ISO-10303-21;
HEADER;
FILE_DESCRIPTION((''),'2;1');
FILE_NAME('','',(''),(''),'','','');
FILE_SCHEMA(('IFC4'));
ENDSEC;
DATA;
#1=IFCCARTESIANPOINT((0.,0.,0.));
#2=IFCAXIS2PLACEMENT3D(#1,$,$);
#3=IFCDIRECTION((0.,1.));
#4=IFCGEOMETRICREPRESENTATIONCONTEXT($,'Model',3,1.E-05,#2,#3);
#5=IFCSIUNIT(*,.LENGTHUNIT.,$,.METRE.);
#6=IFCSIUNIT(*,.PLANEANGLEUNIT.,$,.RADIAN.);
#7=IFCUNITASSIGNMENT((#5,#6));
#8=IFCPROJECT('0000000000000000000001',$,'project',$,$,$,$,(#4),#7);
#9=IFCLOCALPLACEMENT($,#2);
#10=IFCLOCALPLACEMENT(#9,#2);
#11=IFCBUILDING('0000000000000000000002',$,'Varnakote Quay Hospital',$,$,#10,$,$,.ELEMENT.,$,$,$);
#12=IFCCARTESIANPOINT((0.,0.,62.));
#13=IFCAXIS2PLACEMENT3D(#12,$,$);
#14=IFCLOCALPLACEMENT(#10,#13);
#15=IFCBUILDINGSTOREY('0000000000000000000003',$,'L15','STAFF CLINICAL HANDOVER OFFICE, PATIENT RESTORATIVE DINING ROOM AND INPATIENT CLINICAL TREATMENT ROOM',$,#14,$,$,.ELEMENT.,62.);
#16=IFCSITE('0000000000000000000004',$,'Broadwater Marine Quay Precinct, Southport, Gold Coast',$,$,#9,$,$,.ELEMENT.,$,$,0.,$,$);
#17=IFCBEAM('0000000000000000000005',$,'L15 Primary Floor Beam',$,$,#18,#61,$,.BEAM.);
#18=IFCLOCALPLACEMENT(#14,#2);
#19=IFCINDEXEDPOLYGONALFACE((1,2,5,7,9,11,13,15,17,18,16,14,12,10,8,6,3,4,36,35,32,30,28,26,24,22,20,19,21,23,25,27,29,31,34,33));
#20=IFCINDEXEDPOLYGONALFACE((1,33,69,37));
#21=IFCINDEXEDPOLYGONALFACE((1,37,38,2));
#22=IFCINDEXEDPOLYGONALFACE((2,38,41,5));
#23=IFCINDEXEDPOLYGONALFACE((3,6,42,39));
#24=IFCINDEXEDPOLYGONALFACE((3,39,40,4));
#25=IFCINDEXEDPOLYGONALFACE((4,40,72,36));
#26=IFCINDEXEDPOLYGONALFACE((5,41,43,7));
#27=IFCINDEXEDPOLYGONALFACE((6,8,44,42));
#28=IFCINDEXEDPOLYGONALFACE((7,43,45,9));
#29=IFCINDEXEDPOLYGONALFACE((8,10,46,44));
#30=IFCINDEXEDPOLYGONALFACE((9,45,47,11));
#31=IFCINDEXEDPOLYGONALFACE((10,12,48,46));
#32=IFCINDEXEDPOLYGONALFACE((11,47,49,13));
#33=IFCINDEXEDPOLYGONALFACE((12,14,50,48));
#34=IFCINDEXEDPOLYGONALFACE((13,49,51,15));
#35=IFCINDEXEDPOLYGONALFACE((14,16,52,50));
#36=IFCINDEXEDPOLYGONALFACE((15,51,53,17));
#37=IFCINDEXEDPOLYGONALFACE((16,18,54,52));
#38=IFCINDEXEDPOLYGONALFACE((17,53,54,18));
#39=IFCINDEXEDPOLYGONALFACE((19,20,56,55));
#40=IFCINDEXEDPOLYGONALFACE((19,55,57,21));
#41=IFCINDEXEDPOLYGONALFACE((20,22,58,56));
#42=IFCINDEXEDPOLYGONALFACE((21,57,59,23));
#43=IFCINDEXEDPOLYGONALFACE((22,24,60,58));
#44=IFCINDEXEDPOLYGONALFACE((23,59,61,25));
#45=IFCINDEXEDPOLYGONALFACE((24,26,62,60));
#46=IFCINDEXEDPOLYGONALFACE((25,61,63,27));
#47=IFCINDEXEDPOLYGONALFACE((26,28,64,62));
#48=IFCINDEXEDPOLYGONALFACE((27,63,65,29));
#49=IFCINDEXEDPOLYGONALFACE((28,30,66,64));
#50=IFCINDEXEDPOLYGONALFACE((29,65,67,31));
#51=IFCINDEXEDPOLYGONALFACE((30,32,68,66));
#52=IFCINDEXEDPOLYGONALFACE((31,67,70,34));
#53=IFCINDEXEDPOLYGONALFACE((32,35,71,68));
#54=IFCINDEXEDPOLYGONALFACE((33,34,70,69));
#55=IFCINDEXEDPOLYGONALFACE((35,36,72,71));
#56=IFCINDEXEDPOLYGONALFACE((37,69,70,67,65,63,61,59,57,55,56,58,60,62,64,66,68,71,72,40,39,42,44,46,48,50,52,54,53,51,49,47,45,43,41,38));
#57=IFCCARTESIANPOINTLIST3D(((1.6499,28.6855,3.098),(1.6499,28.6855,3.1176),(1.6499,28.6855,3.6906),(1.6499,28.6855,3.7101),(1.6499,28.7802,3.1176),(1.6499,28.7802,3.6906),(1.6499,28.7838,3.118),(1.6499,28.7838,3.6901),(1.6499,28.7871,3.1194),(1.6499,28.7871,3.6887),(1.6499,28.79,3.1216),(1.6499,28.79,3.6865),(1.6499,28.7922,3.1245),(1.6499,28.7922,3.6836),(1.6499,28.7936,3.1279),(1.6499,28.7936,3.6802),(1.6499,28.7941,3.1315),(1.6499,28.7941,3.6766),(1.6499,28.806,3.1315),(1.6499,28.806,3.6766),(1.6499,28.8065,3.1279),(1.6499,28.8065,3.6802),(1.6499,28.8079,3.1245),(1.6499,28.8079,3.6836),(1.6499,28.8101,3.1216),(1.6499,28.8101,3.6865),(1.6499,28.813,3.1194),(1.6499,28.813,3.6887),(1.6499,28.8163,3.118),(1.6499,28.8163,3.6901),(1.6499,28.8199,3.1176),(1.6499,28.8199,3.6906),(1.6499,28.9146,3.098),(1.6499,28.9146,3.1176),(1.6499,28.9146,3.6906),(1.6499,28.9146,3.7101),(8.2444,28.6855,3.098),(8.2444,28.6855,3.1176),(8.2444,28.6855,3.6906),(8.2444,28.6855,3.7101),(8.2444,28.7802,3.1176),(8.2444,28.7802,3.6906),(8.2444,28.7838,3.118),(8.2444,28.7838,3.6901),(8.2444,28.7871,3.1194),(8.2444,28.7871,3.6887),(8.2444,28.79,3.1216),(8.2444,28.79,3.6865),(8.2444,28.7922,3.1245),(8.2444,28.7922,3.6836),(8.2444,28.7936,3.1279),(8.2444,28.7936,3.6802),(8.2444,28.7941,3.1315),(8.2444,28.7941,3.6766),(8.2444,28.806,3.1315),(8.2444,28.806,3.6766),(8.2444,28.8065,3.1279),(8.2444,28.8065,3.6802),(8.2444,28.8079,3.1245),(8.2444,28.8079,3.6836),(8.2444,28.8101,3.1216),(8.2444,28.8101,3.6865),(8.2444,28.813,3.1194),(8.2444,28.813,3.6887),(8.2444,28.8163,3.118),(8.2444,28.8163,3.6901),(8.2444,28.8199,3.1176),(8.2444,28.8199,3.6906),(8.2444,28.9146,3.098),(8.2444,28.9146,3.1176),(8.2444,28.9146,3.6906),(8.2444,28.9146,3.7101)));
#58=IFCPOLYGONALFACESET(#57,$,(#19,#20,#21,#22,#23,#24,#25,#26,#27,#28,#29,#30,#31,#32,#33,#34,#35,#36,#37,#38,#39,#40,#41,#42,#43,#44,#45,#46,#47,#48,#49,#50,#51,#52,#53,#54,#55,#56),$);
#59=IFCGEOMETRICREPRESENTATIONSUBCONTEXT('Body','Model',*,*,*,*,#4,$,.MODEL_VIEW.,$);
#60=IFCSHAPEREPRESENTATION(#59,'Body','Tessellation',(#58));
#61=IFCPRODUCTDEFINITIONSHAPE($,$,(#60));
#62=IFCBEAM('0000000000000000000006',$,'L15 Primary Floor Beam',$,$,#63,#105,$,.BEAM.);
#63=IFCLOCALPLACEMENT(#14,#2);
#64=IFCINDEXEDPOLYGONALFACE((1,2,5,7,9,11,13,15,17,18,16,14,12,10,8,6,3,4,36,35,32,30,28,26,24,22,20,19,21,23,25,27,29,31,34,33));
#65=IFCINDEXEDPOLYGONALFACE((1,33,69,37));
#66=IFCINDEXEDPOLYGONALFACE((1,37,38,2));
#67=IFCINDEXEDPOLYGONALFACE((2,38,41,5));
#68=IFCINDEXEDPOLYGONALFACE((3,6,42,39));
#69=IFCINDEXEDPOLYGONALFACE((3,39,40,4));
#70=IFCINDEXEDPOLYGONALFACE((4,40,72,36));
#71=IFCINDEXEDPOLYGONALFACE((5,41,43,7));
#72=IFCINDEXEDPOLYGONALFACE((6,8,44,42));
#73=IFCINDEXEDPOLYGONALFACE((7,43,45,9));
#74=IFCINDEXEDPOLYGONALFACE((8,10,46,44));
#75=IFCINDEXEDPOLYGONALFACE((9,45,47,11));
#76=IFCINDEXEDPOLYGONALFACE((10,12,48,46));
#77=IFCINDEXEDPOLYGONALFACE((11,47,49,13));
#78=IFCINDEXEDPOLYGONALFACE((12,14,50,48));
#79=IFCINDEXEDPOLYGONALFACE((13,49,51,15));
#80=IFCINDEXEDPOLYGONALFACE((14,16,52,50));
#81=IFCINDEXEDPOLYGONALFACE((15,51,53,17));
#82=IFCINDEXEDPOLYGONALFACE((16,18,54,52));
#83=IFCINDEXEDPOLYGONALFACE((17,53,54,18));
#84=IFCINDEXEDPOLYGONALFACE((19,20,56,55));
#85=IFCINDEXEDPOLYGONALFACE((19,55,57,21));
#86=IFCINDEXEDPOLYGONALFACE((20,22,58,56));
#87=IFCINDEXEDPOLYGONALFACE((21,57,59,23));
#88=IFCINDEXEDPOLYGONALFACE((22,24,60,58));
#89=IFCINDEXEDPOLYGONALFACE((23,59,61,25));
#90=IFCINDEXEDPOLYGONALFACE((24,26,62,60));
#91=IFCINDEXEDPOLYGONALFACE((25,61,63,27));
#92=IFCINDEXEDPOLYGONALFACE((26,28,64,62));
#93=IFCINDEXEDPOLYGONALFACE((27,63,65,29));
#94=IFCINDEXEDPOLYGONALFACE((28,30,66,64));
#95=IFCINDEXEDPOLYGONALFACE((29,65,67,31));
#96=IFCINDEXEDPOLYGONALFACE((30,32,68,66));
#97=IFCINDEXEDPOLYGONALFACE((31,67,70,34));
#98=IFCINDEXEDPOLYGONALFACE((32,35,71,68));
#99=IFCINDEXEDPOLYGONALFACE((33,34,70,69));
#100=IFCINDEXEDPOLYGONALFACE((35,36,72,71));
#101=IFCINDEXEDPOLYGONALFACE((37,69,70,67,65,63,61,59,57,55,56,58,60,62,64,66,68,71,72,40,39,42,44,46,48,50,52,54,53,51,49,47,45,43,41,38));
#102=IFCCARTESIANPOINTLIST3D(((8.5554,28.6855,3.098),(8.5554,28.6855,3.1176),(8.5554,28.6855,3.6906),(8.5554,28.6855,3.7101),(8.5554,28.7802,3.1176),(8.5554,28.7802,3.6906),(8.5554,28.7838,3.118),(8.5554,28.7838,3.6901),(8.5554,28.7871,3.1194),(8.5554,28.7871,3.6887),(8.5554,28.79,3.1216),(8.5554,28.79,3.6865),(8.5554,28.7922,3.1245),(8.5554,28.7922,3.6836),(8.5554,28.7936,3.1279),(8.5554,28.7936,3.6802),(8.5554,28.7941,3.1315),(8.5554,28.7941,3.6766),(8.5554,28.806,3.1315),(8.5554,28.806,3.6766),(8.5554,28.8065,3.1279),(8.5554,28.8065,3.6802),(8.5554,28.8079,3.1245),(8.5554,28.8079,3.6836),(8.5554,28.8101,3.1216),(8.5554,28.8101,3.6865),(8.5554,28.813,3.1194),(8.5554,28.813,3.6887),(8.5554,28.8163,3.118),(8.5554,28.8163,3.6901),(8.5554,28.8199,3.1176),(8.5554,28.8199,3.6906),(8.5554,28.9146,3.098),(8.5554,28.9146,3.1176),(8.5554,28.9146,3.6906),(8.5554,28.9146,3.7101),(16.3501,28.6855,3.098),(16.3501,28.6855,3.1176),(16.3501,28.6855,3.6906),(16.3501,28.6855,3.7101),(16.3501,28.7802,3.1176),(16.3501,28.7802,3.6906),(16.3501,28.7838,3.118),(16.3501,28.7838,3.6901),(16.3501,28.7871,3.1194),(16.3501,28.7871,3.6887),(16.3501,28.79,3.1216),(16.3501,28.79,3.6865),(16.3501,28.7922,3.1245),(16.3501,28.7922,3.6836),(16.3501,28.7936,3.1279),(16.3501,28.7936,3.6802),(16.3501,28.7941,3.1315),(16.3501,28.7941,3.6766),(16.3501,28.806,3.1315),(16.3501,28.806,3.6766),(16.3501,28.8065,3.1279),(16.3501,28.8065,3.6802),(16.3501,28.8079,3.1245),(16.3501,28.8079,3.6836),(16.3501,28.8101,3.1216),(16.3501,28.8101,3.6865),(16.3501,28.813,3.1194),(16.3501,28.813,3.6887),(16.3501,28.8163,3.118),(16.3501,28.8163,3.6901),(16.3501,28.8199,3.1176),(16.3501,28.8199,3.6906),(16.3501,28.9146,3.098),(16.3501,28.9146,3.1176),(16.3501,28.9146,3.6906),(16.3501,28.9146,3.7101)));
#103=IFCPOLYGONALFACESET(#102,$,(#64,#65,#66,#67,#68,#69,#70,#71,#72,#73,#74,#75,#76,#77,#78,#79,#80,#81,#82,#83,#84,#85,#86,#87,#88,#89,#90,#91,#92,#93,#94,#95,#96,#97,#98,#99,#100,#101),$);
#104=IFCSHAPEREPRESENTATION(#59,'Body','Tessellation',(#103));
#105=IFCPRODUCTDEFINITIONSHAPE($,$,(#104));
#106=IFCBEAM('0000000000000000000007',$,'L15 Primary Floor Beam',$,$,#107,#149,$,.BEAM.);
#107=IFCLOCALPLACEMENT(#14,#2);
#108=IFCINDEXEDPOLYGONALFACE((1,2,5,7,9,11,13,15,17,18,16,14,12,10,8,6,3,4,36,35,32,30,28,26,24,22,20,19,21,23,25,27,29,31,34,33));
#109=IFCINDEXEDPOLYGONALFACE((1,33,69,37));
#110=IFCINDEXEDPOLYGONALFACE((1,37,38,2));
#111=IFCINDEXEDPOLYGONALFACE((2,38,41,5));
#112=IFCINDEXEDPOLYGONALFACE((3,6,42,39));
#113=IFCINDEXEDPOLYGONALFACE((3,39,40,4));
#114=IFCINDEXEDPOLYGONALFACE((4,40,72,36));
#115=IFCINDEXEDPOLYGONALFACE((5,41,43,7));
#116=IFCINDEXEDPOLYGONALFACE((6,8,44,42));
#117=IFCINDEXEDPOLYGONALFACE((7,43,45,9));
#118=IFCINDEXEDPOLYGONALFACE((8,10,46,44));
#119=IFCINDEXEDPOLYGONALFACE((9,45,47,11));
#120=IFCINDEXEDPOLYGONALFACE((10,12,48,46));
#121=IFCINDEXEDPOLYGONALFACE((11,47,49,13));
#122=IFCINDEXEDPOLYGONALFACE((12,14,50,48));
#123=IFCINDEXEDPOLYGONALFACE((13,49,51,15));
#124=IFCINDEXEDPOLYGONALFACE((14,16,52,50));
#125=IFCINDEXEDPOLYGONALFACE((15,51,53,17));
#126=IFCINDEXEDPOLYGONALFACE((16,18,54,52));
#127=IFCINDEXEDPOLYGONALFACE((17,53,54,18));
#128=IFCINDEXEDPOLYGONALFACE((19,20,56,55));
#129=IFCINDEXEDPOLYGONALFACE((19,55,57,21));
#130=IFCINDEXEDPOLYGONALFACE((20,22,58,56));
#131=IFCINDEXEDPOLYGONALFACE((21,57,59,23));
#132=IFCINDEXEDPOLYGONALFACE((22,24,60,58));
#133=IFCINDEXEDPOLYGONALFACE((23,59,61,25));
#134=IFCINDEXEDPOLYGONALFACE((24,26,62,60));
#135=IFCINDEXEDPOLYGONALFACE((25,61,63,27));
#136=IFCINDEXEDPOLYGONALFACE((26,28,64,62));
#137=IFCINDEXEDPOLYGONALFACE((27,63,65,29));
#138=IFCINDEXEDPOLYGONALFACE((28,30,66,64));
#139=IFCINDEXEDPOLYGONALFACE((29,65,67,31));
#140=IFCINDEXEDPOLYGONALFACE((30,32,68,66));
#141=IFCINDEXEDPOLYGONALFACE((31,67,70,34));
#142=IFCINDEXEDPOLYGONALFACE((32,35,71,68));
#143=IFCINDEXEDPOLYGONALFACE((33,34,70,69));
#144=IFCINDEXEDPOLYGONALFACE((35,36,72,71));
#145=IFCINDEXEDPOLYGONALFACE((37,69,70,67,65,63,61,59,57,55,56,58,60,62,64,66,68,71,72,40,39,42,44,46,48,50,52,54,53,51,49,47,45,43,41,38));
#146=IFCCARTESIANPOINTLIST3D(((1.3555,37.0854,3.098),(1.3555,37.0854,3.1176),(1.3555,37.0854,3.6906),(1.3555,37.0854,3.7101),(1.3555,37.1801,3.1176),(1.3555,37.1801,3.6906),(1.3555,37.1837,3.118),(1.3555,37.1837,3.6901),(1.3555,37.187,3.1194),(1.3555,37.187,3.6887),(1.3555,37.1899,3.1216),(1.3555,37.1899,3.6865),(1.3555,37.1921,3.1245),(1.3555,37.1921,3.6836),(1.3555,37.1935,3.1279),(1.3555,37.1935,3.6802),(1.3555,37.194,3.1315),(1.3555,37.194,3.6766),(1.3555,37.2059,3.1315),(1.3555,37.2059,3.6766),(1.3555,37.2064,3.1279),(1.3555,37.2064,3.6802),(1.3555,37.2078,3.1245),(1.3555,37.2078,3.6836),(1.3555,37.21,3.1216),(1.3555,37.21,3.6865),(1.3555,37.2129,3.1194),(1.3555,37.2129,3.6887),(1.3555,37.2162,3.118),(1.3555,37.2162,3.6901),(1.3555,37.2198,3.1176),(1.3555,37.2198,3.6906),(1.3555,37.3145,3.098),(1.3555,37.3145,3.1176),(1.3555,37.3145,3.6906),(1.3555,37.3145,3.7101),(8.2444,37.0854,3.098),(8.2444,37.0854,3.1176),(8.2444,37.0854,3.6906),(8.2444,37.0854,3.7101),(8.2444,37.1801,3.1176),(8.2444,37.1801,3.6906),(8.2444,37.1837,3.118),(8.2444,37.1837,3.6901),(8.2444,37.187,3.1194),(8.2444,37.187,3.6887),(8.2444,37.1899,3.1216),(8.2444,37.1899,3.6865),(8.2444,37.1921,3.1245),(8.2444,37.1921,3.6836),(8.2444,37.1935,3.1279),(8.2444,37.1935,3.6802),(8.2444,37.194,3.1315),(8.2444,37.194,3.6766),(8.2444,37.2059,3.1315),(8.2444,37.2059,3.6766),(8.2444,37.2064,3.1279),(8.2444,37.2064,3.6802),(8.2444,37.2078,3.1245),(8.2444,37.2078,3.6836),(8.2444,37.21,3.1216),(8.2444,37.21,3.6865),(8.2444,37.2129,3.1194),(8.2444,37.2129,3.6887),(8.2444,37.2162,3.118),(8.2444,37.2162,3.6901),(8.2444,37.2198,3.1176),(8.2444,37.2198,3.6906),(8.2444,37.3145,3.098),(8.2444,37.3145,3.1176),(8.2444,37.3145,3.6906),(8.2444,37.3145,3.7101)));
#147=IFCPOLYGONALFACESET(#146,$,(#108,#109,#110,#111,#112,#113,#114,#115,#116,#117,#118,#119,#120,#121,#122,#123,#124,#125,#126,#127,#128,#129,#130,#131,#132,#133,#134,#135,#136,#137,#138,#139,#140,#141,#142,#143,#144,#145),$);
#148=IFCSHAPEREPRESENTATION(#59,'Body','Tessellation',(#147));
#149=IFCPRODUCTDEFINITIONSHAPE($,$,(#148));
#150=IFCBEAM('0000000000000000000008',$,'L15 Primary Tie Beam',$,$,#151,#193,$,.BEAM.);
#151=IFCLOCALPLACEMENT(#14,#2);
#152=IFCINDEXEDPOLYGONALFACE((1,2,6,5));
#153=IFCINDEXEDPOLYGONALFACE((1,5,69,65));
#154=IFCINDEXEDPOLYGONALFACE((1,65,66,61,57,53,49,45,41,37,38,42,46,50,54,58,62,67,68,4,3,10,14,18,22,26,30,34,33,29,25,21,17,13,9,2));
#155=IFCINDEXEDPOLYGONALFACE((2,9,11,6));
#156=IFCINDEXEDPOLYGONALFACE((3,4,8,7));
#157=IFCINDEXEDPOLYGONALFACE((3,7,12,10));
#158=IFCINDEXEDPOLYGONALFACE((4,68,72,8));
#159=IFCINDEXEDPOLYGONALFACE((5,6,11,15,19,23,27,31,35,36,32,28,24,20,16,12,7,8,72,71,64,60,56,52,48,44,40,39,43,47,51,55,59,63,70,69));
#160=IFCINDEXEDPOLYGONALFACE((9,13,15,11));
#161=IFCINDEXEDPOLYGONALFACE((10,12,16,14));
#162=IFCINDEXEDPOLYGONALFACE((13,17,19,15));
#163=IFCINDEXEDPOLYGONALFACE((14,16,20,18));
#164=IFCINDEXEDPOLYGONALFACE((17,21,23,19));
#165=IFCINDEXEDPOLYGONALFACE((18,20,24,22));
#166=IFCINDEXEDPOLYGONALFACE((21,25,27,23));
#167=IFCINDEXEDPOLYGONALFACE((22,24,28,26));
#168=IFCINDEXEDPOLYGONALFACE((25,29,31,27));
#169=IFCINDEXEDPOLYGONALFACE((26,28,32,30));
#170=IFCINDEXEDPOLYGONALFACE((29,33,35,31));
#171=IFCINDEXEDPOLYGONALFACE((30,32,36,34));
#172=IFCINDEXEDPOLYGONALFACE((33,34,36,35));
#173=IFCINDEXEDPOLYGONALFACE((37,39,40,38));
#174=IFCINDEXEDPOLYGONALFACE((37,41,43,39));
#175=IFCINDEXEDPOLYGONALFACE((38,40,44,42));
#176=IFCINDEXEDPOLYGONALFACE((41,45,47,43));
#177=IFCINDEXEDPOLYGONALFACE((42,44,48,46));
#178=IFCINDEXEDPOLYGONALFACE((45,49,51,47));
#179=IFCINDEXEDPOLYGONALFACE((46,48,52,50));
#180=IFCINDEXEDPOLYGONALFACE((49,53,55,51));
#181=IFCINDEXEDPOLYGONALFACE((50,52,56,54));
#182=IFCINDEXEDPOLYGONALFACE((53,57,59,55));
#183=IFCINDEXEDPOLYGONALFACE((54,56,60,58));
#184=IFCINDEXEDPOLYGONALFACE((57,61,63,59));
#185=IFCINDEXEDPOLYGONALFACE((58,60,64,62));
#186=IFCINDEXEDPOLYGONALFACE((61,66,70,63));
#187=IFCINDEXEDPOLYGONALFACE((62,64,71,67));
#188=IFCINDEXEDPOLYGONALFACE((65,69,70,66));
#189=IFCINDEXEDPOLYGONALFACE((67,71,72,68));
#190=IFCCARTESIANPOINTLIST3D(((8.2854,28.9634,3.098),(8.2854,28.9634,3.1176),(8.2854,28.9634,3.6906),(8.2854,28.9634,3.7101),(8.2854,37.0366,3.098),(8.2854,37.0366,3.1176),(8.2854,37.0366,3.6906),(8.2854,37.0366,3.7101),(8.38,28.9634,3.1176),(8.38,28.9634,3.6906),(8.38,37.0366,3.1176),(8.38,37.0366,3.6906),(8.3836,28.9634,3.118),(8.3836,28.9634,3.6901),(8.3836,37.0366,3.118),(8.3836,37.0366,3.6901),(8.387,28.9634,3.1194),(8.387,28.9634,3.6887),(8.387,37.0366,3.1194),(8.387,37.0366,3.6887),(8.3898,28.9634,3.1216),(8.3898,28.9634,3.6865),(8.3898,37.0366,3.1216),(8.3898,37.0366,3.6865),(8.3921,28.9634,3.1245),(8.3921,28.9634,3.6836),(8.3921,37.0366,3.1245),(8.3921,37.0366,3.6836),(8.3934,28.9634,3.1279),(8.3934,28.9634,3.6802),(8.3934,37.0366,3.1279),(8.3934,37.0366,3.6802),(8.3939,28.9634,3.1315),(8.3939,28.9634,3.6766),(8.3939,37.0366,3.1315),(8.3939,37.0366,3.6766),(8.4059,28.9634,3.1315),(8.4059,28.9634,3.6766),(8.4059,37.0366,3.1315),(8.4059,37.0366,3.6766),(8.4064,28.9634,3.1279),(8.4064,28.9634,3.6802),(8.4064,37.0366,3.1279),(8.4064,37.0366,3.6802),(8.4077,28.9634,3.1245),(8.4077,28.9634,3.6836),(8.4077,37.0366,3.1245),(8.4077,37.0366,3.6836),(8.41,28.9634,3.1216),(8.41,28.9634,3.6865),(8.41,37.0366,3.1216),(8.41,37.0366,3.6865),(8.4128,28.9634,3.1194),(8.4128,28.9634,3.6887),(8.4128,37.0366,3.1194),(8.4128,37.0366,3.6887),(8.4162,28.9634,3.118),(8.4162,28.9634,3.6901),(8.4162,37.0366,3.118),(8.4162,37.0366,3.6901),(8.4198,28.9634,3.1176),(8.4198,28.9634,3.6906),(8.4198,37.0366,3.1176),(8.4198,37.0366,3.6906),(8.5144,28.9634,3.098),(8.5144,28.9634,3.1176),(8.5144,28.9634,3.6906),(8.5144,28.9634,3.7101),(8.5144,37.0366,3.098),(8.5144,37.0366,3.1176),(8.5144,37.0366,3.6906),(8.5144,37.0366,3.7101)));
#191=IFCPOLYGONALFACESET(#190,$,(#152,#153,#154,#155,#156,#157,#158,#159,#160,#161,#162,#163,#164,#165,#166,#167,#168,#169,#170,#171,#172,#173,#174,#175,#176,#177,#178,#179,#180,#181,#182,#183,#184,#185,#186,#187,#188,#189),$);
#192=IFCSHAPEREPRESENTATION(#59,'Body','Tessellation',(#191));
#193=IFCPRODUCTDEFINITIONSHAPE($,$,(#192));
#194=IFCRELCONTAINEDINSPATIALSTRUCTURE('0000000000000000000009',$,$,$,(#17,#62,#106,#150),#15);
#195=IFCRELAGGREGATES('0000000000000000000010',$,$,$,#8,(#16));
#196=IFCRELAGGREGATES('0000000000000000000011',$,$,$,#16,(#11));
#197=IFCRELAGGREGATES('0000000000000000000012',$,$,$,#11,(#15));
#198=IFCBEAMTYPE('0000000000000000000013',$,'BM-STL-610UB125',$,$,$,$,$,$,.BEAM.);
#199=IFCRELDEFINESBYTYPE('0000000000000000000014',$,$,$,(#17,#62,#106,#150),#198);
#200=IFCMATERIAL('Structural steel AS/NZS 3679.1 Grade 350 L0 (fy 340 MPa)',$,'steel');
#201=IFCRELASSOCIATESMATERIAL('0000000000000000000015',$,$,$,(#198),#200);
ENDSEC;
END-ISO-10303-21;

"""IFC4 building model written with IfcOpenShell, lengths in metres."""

from ifc_helpers import new_model, si_unit, direction, frame, origin, origin_2d, place, context, subcontext, project, spatial, i_section, extrude, material, material_profile, profile_set, type_object, element, save


model = new_model("IFC4")

# Units and contexts
model_context = context("Model", 3, precision=1e-05, world=origin(), true_north=direction((0.0, 1.0)))
body_context = subcontext(model_context, "Body", "Model", "MODEL_VIEW")
ifc_project = project(units=[si_unit("LENGTHUNIT", "METRE"), si_unit("PLANEANGLEUNIT", "RADIAN")], contexts=[model_context])

# Site, building, storey
site_placement = place(None, origin())
site = spatial("IfcSite", under=ifc_project, at=site_placement, Name="Broadwater Marine Quay Precinct, Southport, Gold Coast", CompositionType="ELEMENT", RefElevation=0.0)
building_placement = place(site_placement, origin())
building = spatial("IfcBuilding", under=site, at=building_placement, Name="Varnakote Quay Hospital", CompositionType="ELEMENT")
storey_placement = place(building_placement, frame((0.0, 0.0, 62.0)))
storey = spatial("IfcBuildingStorey", under=building, at=storey_placement, Name="L15", Description="STAFF CLINICAL HANDOVER OFFICE, PATIENT RESTORATIVE DINING ROOM AND INPATIENT CLINICAL TREATMENT ROOM", CompositionType="ELEMENT", Elevation=62.0)

# Beams
ifc_material_1 = material(Name="Structural steel AS/NZS 3679.1 Grade 350 L0 (fy 340 MPa)", Category="steel")
ifc_material_profile_1 = material_profile(ifc_material_1, i_section(OverallWidth=0.229, OverallDepth=0.6121, WebThickness=0.012, FlangeThickness=0.0195, FilletRadius=0.0139, at=origin_2d()), Name="610UB125")
ifc_profile_set_1 = profile_set([ifc_material_profile_1], Name="Structural steel AS/NZS 3679.1 Grade 350 L0 (fy 340 MPa)")
beam_type_1 = type_object("IfcBeamType", Name="BM-STL-610UB125", PredefinedType="BEAM", material=ifc_profile_set_1)
beam_1_placement = place(storey_placement, frame((1.6499, 28.8, 3.4041), z_axis=(1.0, 0.0, 0.0), x_axis=(0.0, 1.0, 0.0)))
element("IfcBeam", 1, at=beam_1_placement, inside=storey, type_object=beam_type_1, Name="L15 Primary Floor Beam", PredefinedType="BEAM", context=body_context, shape_type="SweptSolid", body=[
    extrude(i_section(OverallWidth=0.229, OverallDepth=0.6121, WebThickness=0.012, FlangeThickness=0.0195, FilletRadius=0.0139, at=origin_2d()), origin(), (0.0, 0.0, 1.0), 6.5945),
])
beam_2_placement = place(storey_placement, frame((8.5554, 28.8, 3.4041), z_axis=(1.0, 0.0, 0.0), x_axis=(0.0, 1.0, 0.0)))
element("IfcBeam", 2, at=beam_2_placement, inside=storey, type_object=beam_type_1, Name="L15 Primary Floor Beam", PredefinedType="BEAM", context=body_context, shape_type="SweptSolid", body=[
    extrude(i_section(OverallWidth=0.229, OverallDepth=0.6121, WebThickness=0.012, FlangeThickness=0.0195, FilletRadius=0.0139, at=origin_2d()), origin(), (0.0, 0.0, 1.0), 7.7947),
])
beam_3_placement = place(storey_placement, frame((1.3555, 37.2, 3.4041), z_axis=(1.0, 0.0, 0.0), x_axis=(0.0, 1.0, 0.0)))
element("IfcBeam", 3, at=beam_3_placement, inside=storey, type_object=beam_type_1, Name="L15 Primary Floor Beam", PredefinedType="BEAM", context=body_context, shape_type="SweptSolid", body=[
    extrude(i_section(OverallWidth=0.229, OverallDepth=0.6121, WebThickness=0.012, FlangeThickness=0.0195, FilletRadius=0.0139, at=origin_2d()), origin(), (0.0, 0.0, 1.0), 6.8889),
])
beam_4_placement = place(storey_placement, frame((8.3999, 28.9634, 3.4041), z_axis=(0.0, 1.0, 0.0), x_axis=(-1.0, 0.0, 0.0)))
element("IfcBeam", 4, at=beam_4_placement, inside=storey, type_object=beam_type_1, Name="L15 Primary Tie Beam", PredefinedType="BEAM", context=body_context, shape_type="SweptSolid", body=[
    extrude(i_section(OverallWidth=0.229, OverallDepth=0.6121, WebThickness=0.012, FlangeThickness=0.0195, FilletRadius=0.0139, at=origin_2d()), origin(), (0.0, 0.0, 1.0), 8.0732),
])

save(model, "model.ifc")
